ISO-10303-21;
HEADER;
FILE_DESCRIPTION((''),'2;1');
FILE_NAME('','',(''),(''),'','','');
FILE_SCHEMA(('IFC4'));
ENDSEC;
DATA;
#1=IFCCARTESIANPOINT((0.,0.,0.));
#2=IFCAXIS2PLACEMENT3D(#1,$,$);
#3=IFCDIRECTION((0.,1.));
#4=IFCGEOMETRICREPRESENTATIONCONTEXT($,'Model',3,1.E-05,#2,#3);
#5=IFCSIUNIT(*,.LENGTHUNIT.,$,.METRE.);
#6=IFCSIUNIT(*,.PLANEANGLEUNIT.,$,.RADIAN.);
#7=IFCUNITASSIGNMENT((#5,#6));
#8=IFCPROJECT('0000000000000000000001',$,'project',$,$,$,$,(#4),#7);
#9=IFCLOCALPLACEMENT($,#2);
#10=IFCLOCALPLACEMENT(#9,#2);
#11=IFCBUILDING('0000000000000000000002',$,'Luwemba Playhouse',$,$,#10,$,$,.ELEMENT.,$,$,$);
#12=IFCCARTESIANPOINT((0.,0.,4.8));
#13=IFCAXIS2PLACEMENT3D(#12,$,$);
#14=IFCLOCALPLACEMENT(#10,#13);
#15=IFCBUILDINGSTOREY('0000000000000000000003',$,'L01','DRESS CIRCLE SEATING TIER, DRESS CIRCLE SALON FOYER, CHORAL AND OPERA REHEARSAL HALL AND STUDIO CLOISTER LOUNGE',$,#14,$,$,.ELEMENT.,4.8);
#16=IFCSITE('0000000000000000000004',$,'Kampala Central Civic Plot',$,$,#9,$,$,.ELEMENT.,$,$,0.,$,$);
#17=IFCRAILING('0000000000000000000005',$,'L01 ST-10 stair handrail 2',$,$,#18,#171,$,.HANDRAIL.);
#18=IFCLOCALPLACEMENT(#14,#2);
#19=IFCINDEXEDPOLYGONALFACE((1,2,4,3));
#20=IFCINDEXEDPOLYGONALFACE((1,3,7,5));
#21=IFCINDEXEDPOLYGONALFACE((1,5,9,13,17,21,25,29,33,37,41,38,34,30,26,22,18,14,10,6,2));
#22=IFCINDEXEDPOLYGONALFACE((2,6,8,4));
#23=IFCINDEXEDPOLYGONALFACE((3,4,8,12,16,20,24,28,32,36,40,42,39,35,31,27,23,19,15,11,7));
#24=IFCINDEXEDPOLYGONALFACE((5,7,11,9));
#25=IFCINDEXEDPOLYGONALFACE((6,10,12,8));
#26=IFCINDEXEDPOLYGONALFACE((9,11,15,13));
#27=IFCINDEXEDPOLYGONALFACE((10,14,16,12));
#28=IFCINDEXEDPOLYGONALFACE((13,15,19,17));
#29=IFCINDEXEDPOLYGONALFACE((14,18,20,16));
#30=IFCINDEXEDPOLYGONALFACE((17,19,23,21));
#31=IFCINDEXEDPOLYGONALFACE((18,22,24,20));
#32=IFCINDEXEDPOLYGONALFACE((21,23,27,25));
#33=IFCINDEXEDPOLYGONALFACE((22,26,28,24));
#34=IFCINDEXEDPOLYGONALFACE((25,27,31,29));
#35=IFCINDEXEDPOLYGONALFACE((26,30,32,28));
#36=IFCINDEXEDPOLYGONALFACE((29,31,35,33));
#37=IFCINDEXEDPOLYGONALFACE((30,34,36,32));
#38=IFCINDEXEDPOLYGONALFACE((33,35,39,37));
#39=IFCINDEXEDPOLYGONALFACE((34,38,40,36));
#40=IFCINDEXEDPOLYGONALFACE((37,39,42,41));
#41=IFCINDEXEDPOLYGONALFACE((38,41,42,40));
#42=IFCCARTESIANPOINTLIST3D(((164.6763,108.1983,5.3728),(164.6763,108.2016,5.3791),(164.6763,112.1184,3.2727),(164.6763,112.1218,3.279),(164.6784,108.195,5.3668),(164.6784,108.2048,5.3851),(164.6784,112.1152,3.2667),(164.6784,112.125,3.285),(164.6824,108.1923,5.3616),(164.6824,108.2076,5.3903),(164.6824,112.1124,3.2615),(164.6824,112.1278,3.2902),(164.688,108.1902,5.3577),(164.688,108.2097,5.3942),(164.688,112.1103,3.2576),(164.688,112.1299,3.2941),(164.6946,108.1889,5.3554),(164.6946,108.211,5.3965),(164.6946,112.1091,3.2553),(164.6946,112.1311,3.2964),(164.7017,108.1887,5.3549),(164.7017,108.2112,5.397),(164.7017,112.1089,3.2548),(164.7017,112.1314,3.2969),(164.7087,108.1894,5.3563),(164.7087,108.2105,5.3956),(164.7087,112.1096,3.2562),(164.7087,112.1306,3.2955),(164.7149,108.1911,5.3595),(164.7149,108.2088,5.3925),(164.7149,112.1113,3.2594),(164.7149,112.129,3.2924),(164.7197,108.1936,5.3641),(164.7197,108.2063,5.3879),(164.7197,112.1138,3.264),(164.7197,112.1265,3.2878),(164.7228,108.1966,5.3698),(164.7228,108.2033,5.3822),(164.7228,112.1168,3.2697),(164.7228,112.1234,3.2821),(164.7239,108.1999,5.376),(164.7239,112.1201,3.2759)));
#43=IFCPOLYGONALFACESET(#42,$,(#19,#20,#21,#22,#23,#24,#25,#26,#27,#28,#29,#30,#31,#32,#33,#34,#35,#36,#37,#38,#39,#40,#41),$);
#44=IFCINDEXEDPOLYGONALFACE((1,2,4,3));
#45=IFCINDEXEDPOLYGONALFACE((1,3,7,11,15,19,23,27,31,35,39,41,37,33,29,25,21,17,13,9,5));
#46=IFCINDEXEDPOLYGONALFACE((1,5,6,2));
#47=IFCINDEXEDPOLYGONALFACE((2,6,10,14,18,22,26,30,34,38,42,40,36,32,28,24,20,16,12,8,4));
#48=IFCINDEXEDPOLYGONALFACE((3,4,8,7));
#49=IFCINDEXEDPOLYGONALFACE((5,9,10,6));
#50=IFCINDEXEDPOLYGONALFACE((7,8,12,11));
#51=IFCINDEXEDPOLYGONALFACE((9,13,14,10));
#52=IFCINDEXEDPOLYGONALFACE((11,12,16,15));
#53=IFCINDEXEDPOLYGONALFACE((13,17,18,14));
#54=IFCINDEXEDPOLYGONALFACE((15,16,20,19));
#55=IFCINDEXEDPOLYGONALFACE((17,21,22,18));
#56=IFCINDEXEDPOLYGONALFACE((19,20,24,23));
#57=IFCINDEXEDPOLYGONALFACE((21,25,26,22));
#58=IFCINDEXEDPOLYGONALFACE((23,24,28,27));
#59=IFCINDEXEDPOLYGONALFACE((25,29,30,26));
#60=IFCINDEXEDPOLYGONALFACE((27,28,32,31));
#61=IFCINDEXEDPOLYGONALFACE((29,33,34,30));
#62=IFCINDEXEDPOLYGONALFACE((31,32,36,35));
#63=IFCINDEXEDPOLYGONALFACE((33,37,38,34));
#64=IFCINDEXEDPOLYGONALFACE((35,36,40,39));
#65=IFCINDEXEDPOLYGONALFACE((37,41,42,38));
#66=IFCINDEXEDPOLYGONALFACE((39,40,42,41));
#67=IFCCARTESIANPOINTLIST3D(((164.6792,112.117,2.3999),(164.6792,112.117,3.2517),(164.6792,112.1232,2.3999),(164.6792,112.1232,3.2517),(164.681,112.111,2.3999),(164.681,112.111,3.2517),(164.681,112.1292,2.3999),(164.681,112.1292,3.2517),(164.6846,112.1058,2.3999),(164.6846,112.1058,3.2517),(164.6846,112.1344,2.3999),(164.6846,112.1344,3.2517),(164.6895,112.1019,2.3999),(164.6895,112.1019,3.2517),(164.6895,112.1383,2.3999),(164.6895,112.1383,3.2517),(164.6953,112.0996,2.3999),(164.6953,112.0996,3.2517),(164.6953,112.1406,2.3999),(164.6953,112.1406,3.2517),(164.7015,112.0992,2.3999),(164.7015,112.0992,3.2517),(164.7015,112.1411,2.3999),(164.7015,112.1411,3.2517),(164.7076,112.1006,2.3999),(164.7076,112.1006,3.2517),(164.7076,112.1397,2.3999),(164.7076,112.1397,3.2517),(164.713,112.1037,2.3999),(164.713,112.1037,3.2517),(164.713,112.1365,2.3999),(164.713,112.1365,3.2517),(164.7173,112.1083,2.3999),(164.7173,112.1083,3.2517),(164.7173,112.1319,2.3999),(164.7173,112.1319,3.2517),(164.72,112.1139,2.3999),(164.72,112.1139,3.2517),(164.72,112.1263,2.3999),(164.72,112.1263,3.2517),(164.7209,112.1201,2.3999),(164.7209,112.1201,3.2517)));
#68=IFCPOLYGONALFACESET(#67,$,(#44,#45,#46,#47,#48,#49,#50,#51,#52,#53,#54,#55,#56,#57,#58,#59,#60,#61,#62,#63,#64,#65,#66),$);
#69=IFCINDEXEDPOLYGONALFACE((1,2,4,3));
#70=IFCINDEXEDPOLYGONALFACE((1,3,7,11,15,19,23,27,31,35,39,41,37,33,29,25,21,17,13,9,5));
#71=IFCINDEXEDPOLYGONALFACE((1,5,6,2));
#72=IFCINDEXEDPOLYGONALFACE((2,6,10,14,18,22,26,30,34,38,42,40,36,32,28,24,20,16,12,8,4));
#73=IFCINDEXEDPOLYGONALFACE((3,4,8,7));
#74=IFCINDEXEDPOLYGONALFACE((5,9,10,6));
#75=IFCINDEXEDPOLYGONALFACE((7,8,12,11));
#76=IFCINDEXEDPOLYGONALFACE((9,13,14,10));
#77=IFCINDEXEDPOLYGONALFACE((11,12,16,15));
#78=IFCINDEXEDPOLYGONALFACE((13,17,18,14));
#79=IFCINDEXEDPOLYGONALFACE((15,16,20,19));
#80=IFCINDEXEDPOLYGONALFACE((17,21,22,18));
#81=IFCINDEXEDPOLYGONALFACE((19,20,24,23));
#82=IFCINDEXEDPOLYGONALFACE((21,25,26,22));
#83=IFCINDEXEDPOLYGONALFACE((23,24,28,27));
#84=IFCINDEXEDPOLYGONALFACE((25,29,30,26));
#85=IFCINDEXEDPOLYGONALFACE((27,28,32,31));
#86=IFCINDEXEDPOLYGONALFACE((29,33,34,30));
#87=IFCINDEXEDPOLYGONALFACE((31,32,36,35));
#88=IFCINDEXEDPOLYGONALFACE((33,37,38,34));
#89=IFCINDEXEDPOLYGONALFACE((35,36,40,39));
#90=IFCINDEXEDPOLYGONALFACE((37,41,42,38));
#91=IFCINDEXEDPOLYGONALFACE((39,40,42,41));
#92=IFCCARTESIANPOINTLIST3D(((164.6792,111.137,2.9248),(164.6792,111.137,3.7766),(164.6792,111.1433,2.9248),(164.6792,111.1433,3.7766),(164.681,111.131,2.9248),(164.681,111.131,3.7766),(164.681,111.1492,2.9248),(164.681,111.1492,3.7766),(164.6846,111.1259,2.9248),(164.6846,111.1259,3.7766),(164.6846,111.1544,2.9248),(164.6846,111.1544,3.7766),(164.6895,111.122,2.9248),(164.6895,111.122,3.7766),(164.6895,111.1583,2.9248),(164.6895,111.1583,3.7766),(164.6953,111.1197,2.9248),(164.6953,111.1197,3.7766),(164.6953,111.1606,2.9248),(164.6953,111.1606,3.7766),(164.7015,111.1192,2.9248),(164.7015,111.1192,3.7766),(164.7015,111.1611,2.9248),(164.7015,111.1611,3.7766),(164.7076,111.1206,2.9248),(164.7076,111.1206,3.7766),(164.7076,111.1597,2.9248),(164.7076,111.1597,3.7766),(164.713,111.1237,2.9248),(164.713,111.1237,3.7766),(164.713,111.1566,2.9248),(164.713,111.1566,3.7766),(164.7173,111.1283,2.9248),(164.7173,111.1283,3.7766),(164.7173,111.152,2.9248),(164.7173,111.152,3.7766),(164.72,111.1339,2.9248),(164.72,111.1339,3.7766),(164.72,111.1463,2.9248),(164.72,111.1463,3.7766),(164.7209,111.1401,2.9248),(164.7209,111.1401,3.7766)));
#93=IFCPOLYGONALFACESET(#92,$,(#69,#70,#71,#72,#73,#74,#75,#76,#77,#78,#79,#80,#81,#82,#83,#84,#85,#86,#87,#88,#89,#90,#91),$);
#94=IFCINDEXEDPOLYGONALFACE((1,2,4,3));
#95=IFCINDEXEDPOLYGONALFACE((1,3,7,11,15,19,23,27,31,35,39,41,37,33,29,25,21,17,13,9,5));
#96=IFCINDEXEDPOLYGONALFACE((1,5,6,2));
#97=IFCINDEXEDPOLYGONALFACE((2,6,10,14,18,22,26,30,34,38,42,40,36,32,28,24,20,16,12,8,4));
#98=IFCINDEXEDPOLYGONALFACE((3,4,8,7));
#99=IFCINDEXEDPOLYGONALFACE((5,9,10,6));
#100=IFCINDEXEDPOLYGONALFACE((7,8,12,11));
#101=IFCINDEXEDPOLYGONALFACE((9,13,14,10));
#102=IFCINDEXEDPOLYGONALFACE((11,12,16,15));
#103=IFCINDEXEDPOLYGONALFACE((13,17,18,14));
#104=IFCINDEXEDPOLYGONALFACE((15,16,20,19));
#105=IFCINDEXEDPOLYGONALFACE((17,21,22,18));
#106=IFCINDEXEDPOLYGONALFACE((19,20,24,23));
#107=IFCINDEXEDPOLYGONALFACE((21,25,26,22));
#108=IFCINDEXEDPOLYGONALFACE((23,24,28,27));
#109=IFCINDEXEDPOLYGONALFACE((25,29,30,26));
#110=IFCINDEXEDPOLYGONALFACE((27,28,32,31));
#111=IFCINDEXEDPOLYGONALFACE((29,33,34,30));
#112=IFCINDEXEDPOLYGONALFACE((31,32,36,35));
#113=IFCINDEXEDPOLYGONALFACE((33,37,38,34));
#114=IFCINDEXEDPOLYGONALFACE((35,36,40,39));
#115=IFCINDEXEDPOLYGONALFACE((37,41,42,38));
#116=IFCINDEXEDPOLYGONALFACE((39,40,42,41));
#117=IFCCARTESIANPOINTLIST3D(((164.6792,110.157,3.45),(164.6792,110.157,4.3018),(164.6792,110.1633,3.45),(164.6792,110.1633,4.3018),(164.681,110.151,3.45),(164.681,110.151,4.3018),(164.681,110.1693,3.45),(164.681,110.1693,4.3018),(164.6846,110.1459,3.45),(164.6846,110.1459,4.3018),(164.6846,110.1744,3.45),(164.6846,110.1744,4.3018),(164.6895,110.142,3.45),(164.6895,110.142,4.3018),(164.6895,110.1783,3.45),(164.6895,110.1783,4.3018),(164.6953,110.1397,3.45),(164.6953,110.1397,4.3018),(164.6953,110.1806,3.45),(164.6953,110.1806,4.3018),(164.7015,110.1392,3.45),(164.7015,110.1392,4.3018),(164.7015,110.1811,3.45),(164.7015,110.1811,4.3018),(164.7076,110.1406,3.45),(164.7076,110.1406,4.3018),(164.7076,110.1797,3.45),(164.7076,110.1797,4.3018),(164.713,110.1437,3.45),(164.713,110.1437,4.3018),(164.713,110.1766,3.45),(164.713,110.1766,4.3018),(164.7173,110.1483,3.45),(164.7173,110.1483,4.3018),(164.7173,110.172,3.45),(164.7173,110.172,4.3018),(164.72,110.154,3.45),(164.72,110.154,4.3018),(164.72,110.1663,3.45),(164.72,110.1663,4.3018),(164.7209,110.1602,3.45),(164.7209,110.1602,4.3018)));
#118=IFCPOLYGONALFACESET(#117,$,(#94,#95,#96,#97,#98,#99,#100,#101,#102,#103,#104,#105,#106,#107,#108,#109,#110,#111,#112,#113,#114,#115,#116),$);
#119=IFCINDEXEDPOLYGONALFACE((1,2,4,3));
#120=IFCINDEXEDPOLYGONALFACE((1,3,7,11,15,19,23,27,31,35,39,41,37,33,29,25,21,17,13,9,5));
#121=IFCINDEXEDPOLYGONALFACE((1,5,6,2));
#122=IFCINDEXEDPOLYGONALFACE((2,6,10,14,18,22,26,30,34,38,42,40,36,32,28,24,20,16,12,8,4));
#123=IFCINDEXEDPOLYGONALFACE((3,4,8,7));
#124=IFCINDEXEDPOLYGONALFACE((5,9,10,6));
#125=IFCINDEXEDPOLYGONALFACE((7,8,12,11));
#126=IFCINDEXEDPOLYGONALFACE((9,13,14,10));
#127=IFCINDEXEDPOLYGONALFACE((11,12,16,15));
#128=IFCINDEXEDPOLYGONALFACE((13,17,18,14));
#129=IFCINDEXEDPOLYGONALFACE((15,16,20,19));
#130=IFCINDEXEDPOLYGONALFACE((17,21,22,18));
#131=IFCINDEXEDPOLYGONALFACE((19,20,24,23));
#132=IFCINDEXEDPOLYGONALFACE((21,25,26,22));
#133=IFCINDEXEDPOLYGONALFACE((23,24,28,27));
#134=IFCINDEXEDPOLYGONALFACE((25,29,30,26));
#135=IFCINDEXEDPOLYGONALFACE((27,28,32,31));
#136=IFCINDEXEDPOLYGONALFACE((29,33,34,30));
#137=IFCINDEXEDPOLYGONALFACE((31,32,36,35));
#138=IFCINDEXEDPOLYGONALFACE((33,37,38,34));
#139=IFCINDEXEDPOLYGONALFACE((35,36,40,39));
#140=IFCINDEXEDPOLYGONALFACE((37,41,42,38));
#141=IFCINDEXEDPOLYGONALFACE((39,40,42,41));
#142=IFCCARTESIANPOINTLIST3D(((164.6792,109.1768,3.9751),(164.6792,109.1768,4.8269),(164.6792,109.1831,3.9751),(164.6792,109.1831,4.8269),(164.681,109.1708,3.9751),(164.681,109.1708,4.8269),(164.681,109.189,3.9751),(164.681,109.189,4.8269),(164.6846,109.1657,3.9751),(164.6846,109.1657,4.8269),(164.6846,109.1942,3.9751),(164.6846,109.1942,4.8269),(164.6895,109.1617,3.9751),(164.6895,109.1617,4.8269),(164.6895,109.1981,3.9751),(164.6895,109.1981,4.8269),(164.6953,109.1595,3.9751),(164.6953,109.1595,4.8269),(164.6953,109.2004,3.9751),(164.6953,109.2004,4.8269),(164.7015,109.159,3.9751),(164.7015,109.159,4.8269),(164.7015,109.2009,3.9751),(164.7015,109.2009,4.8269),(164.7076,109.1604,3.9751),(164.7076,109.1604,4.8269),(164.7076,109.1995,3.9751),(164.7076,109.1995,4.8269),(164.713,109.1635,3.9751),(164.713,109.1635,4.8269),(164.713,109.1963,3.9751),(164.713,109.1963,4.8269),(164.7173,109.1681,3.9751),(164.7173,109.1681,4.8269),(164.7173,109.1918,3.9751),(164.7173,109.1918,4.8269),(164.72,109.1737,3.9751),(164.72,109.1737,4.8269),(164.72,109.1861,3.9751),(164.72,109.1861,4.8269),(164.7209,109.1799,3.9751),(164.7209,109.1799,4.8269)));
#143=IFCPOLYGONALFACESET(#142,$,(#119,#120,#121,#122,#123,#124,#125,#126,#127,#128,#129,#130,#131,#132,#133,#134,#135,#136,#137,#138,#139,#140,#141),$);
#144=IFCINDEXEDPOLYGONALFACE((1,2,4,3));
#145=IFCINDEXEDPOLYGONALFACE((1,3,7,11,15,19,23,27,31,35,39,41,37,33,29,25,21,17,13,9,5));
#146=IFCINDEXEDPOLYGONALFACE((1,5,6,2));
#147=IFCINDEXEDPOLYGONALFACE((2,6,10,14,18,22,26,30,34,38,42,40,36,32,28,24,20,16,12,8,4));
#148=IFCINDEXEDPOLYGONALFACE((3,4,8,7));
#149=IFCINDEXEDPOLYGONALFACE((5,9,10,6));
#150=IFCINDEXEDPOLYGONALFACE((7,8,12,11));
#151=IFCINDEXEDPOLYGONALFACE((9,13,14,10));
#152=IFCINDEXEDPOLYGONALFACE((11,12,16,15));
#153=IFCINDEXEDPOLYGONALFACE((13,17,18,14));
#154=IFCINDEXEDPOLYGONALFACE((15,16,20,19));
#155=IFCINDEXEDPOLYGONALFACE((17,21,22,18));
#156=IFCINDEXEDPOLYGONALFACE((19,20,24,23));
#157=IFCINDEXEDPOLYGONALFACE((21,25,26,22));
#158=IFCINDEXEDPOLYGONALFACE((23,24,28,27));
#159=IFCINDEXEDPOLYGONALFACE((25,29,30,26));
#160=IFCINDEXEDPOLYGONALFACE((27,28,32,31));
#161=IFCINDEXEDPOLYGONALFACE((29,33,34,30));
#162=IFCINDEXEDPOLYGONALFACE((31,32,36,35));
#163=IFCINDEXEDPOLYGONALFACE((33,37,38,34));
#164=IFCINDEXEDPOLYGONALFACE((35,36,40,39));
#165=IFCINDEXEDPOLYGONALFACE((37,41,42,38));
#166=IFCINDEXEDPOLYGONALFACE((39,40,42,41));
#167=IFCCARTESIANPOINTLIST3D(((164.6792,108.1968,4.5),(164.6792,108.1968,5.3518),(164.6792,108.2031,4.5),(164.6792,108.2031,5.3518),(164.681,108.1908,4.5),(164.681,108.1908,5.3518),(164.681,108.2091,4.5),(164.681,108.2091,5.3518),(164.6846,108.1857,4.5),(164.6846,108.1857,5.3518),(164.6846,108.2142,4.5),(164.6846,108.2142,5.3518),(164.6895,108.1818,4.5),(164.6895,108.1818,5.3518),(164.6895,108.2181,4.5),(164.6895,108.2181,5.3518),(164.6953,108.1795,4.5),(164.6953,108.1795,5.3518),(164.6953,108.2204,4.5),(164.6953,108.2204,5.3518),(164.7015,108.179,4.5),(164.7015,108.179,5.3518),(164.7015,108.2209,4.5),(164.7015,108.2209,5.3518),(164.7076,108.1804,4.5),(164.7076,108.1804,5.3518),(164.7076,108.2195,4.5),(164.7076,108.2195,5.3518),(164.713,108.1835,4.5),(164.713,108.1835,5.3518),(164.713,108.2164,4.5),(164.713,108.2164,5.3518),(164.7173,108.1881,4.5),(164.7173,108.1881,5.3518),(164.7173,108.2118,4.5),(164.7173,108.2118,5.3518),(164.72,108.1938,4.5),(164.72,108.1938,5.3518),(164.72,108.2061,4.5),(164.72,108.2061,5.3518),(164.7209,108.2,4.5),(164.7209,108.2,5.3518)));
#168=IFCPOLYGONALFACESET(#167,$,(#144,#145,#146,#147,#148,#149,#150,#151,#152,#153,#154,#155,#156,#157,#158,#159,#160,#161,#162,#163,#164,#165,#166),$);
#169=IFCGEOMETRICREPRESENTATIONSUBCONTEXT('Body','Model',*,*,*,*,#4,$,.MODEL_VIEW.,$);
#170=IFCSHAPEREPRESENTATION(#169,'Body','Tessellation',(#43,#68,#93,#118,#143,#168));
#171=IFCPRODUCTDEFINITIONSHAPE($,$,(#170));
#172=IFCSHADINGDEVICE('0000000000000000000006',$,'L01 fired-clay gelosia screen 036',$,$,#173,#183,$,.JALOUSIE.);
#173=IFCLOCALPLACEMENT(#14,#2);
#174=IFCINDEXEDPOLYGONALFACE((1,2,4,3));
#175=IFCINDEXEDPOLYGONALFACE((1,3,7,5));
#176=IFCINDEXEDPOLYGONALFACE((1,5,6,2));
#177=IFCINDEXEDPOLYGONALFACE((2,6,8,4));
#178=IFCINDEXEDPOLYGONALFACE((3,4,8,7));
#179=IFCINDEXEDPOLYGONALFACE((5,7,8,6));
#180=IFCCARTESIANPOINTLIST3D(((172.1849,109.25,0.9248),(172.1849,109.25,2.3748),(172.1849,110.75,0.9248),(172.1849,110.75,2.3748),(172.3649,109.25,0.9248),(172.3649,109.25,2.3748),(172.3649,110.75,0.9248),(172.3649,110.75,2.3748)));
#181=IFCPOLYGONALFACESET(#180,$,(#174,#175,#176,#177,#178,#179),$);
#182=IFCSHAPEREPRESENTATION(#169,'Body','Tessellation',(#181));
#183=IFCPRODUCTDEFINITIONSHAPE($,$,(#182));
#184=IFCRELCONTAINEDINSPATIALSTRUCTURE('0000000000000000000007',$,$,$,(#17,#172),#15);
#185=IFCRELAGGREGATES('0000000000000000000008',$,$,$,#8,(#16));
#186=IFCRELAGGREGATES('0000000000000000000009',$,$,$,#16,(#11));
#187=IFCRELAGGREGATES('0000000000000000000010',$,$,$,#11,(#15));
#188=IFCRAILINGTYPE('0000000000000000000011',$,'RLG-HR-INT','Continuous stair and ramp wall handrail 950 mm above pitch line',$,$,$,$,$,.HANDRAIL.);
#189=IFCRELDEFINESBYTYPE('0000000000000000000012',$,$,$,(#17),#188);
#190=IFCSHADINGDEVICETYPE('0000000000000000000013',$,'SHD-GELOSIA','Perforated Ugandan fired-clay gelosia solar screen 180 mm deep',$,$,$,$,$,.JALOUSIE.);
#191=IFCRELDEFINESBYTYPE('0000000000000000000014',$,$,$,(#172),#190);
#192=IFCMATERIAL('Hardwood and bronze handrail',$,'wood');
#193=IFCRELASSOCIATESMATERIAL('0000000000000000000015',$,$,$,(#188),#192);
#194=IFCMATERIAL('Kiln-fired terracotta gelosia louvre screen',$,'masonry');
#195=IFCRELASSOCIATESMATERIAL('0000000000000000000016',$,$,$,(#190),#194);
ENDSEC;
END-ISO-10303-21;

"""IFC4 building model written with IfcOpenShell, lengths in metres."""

from ifc_helpers import new_model, si_unit, direction, frame, origin, origin_2d, place, context, subcontext, project, spatial, rectangle, circle, extrude, material, type_object, element, save


model = new_model("IFC4")

# Units and contexts
model_context = context("Model", 3, precision=1e-05, world=origin(), true_north=direction((0.0, 1.0)))
body_context = subcontext(model_context, "Body", "Model", "MODEL_VIEW")
ifc_project = project(units=[si_unit("LENGTHUNIT", "METRE"), si_unit("PLANEANGLEUNIT", "RADIAN")], contexts=[model_context])

# Site, building, storey
site_placement = place(None, origin())
site = spatial("IfcSite", under=ifc_project, at=site_placement, Name="Kampala Central Civic Plot", CompositionType="ELEMENT", RefElevation=0.0)
building_placement = place(site_placement, origin())
building = spatial("IfcBuilding", under=site, at=building_placement, Name="Luwemba Playhouse", CompositionType="ELEMENT")
storey_placement = place(building_placement, frame((0.0, 0.0, 4.8)))
storey = spatial("IfcBuildingStorey", under=building, at=storey_placement, Name="L01", Description="DRESS CIRCLE SEATING TIER, DRESS CIRCLE SALON FOYER, CHORAL AND OPERA REHEARSAL HALL AND STUDIO CLOISTER LOUNGE", CompositionType="ELEMENT", Elevation=4.8)

# Railing
ifc_material_1 = material(Name="Hardwood and bronze handrail", Category="wood")
railing_type_1 = type_object("IfcRailingType", Name="RLG-HR-INT", Description="Continuous stair and ramp wall handrail 950 mm above pitch line", PredefinedType="HANDRAIL", material=ifc_material_1)
railing_1_placement = place(storey_placement, frame((164.7, 112.1201, 2.3999)))
element("IfcRailing", 1, at=railing_1_placement, inside=storey, type_object=railing_type_1, Name="L01 ST-10 stair handrail 2", PredefinedType="HANDRAIL", context=body_context, shape_type="SweptSolid", body=[
    extrude(circle(Radius=0.0239, at=origin_2d()), frame((0.0, 0.0, 0.876), z_axis=(0.0, -0.881479, 0.472223), x_axis=(1.0, 0.0, 0.0)), (0.0, 0.0, 1.0), 4.4473),
    extrude(circle(Radius=0.021, at=origin_2d()), origin(), (0.0, 0.0, 1.0), 0.8518),
    extrude(circle(Radius=0.021, at=origin_2d()), frame((0.0, -0.98, 0.5249)), (0.0, 0.0, 1.0), 0.8518),
    extrude(circle(Radius=0.021, at=origin_2d()), frame((0.0, -1.96, 1.05)), (0.0, 0.0, 1.0), 0.8518),
    extrude(circle(Radius=0.021, at=origin_2d()), frame((0.0, -2.9402, 1.5752)), (0.0, 0.0, 1.0), 0.8518),
    extrude(circle(Radius=0.021, at=origin_2d()), frame((0.0, -3.9202, 2.1001)), (0.0, 0.0, 1.0), 0.8518),
])

# Shading device
ifc_material_2 = material(Name="Kiln-fired terracotta gelosia louvre screen", Category="masonry")
shading_device_type = type_object("IfcShadingDeviceType", Name="SHD-GELOSIA", Description="Perforated Ugandan fired-clay gelosia solar screen 180 mm deep", PredefinedType="JALOUSIE", material=ifc_material_2)
shading_device_placement = place(storey_placement, frame((172.2749, 110.0, 0.9248), z_axis=(0.0, 0.0, 1.0), x_axis=(0.0, -1.0, 0.0)))
element("IfcShadingDevice", 2, at=shading_device_placement, inside=storey, type_object=shading_device_type, Name="L01 fired-clay gelosia screen 036", PredefinedType="JALOUSIE", context=body_context, shape_type="SweptSolid", body=[
    extrude(rectangle(XDim=1.5, YDim=0.1799, at=origin_2d()), origin(), (0.0, 0.0, 1.0), 1.45),
])

save(model, "model.ifc")
